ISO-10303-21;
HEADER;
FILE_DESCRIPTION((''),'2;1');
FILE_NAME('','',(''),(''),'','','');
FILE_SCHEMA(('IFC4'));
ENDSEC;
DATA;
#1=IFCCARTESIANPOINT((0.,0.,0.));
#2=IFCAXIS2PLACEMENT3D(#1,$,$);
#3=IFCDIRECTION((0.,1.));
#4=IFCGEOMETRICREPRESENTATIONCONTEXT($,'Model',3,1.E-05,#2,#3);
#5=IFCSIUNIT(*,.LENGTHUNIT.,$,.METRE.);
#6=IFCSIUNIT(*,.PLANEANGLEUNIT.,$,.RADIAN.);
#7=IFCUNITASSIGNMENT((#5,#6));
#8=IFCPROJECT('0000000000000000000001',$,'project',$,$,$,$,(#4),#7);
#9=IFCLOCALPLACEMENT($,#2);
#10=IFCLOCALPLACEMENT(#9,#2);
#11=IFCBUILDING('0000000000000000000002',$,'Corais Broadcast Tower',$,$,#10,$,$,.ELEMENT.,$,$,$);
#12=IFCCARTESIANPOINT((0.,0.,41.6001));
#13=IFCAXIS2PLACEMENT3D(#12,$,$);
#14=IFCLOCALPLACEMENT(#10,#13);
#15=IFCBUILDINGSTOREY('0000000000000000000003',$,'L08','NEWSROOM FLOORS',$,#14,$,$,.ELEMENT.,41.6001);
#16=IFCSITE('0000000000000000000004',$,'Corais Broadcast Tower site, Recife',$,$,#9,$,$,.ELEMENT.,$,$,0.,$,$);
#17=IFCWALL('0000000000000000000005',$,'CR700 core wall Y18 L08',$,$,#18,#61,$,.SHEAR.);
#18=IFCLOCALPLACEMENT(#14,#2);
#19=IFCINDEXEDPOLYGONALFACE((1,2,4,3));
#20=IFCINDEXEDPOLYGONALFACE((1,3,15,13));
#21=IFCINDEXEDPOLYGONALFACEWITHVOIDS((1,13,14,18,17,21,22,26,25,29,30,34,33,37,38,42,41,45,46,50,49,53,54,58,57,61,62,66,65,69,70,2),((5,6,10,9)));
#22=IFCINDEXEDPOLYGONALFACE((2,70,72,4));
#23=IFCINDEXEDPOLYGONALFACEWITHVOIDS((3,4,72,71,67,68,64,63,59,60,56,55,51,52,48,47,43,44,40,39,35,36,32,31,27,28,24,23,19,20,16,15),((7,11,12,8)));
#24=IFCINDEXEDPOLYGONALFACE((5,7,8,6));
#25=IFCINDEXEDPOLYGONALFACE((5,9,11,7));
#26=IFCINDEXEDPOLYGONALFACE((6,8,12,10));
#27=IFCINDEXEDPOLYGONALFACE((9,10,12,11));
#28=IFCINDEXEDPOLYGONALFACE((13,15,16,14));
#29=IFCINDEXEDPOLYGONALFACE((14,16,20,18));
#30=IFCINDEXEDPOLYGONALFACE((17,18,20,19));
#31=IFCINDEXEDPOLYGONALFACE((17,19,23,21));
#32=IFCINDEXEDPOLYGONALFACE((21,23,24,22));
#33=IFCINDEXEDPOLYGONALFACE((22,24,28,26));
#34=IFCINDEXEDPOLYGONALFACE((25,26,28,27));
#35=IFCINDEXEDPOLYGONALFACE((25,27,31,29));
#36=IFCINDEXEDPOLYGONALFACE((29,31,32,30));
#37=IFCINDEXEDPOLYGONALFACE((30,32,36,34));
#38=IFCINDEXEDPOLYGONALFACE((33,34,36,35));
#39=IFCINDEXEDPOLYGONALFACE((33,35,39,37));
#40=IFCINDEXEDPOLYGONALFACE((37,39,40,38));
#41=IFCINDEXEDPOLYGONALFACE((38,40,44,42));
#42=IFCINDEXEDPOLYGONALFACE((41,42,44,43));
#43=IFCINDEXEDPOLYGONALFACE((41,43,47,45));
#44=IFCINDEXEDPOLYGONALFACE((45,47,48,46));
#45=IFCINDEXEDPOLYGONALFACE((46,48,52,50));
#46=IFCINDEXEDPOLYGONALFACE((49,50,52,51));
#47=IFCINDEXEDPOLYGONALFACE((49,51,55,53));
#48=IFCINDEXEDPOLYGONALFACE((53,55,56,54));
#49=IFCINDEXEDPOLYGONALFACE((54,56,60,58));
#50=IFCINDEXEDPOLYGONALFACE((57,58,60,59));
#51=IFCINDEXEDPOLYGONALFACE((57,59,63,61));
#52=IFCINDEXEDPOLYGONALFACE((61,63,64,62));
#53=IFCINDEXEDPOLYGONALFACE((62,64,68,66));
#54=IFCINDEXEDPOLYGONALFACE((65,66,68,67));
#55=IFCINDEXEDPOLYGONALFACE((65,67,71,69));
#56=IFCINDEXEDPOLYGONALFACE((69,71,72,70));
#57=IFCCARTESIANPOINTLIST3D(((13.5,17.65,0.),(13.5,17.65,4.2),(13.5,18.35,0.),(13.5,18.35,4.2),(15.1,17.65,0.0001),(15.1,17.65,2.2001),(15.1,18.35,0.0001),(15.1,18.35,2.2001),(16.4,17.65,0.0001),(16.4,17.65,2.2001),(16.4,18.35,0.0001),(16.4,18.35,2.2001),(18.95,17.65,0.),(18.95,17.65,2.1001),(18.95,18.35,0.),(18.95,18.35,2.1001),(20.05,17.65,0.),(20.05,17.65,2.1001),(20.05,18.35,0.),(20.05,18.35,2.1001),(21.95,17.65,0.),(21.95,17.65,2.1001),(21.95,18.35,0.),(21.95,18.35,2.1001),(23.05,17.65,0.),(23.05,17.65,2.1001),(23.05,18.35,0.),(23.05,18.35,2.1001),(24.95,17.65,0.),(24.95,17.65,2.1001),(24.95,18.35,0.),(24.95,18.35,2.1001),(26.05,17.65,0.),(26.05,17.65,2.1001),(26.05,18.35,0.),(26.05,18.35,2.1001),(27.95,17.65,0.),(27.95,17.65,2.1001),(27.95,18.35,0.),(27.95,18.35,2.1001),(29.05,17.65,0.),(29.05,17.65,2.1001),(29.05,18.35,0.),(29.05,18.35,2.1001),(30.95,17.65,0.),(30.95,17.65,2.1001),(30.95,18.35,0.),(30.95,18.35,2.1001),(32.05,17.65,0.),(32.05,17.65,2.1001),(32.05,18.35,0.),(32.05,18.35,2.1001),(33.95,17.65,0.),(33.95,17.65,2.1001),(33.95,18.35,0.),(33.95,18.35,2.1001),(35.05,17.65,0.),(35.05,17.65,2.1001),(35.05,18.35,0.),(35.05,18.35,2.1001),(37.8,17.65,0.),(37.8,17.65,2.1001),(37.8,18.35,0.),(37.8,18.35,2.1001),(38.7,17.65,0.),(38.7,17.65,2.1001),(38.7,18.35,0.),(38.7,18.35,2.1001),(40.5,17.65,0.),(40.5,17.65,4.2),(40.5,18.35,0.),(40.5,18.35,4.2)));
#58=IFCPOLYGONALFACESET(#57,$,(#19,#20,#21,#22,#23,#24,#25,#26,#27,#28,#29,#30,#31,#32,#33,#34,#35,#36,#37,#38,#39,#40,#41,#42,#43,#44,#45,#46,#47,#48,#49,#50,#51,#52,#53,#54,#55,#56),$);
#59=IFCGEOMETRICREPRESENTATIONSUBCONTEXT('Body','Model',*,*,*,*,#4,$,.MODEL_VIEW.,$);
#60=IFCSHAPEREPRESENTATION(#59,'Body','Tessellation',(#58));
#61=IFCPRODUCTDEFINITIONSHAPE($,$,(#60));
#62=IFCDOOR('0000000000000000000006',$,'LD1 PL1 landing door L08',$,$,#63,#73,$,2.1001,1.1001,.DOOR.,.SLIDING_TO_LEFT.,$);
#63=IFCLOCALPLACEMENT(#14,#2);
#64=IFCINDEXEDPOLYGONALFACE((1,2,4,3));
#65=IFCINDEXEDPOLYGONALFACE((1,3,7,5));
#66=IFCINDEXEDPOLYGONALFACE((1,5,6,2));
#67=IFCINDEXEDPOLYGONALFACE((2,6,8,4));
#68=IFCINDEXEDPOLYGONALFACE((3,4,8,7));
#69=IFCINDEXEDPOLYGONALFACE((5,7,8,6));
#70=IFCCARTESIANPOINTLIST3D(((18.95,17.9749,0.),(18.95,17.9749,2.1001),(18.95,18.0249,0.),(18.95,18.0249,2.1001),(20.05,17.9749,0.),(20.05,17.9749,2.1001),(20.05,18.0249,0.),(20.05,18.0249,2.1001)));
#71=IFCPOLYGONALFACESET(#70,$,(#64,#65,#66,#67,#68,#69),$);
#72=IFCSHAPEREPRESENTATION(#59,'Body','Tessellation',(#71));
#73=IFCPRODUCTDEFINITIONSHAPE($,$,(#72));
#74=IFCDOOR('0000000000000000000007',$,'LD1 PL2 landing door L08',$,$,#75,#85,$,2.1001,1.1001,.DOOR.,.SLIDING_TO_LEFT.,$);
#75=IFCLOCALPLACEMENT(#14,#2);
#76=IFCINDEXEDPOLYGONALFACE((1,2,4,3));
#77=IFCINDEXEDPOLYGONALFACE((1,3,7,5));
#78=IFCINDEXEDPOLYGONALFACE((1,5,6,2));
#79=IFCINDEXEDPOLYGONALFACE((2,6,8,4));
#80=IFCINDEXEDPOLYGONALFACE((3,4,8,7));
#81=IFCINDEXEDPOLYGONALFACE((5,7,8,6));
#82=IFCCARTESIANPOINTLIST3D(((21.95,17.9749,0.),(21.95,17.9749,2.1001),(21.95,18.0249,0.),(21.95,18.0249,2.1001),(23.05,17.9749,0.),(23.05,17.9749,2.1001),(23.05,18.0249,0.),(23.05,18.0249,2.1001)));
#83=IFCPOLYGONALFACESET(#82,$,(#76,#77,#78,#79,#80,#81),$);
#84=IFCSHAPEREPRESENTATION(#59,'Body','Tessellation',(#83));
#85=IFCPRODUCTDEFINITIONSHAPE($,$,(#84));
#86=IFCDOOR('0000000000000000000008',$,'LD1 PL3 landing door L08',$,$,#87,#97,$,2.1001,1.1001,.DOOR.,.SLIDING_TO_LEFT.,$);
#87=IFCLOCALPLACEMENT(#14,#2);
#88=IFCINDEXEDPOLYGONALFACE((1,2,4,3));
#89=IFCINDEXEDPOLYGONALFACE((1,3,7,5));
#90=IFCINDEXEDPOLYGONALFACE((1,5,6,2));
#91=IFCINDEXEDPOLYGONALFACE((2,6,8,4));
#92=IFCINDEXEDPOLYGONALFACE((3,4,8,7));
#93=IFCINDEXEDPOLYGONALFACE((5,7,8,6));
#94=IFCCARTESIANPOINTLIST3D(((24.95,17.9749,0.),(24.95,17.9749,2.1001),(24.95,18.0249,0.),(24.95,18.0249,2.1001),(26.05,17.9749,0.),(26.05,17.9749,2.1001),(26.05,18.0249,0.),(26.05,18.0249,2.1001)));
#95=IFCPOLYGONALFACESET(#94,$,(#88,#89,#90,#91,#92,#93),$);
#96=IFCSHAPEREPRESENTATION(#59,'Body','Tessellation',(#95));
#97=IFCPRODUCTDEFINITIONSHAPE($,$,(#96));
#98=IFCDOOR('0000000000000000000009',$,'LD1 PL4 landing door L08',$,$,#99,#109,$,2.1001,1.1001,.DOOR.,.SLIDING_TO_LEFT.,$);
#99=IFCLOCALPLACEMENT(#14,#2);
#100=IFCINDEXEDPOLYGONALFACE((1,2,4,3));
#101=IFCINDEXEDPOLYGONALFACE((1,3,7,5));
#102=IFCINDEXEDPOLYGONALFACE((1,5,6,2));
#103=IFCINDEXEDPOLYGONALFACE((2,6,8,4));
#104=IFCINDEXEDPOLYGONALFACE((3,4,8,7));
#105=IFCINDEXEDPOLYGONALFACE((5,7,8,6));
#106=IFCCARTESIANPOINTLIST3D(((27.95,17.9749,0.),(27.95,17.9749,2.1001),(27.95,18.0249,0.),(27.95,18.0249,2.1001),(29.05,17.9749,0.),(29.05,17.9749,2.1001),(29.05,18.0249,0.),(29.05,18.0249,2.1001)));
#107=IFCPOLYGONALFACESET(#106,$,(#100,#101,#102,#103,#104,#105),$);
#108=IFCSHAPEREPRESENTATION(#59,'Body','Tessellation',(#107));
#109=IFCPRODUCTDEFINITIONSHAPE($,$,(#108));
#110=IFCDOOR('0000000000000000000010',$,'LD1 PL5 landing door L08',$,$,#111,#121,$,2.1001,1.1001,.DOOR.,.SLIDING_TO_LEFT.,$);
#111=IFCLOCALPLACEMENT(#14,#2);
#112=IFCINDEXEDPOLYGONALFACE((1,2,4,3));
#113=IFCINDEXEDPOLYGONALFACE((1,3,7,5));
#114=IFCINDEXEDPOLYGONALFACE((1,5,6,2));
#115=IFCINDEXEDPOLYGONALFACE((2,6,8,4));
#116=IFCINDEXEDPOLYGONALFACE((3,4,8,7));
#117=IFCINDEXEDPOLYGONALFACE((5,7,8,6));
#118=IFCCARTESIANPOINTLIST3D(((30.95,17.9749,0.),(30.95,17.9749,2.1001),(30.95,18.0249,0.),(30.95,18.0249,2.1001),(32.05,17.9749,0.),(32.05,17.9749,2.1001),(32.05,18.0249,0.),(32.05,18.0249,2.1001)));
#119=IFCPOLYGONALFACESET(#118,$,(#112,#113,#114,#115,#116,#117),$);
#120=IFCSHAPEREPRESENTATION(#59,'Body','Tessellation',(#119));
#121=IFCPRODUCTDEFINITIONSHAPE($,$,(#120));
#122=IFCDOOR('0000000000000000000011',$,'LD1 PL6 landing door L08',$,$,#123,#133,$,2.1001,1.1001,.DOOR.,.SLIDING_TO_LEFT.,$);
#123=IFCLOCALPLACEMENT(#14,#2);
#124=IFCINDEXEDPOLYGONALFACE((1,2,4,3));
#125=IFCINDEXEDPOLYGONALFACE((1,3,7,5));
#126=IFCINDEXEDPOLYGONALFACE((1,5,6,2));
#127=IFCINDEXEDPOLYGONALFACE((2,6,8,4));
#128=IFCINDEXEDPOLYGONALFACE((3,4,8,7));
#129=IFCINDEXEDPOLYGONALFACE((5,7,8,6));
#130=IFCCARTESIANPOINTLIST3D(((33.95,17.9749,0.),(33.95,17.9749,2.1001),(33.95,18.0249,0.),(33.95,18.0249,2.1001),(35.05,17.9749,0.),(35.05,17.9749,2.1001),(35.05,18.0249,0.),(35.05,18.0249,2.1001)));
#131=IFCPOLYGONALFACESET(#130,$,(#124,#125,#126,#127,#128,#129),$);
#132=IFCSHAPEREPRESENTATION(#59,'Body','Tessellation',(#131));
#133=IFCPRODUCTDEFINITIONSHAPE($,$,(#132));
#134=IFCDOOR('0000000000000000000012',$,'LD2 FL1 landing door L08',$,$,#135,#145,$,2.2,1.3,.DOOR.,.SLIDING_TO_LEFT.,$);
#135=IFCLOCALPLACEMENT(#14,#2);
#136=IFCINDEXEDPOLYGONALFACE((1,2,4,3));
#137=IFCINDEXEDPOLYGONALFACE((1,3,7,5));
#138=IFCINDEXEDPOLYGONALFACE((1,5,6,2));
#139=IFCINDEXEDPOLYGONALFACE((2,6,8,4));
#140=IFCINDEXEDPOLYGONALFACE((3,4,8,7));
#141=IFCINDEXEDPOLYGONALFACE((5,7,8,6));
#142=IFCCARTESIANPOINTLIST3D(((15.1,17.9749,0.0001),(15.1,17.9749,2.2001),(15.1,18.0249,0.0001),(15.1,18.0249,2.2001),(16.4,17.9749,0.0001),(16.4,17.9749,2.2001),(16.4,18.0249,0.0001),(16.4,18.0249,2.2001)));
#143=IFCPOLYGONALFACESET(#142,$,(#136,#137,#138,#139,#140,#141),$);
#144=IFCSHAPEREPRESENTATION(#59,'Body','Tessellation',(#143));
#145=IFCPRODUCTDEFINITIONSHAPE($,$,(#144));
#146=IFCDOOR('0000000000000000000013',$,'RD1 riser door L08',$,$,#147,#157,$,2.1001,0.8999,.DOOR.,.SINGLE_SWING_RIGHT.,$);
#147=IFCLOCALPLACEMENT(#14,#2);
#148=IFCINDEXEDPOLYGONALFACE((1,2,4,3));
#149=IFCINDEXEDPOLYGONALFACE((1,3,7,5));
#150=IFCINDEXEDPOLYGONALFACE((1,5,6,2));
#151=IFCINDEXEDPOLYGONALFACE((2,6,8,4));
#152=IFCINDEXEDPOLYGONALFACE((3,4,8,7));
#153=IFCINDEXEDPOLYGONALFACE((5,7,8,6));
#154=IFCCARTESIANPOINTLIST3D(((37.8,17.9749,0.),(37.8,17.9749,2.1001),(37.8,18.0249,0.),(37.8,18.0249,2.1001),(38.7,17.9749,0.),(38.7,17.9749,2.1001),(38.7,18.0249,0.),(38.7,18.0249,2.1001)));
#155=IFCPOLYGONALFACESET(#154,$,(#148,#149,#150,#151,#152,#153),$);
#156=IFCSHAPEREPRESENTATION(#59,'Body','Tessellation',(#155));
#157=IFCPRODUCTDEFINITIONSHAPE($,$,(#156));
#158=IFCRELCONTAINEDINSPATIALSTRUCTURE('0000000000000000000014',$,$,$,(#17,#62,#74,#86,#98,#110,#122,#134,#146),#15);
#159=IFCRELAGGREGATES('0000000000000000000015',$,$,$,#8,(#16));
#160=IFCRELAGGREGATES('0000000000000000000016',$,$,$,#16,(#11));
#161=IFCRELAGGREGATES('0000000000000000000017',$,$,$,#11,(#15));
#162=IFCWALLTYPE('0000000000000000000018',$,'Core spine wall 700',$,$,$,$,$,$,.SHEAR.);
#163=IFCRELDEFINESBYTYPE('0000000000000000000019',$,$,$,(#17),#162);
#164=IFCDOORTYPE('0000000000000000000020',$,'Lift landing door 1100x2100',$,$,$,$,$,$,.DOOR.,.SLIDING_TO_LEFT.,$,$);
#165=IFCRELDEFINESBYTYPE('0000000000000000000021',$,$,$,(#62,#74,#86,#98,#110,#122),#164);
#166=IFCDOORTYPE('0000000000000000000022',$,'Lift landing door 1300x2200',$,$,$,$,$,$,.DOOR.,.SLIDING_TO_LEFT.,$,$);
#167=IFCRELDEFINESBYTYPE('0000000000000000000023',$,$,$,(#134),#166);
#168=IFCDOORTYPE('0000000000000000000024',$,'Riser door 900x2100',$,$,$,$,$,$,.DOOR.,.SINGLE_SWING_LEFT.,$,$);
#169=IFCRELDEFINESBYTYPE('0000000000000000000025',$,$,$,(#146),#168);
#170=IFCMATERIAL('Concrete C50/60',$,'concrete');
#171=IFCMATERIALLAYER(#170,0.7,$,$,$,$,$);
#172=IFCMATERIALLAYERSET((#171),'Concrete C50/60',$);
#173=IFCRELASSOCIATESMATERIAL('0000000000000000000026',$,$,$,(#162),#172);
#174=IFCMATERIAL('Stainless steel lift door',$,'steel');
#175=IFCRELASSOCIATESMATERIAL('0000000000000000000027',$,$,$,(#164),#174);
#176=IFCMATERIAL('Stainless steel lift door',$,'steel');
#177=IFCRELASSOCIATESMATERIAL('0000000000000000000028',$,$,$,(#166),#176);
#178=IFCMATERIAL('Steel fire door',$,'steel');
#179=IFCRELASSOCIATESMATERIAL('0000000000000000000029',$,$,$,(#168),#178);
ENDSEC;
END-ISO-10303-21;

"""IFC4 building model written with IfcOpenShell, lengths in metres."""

from ifc_helpers import new_model, si_unit, direction, frame, frame_2d, origin, place, context, subcontext, project, spatial, rectangle, extrude, material, layer, layer_set, type_object, element, fill, save


model = new_model("IFC4")

# Units and contexts
model_context = context("Model", 3, precision=1e-05, world=origin(), true_north=direction((0.0, 1.0)))
body_context = subcontext(model_context, "Body", "Model", "MODEL_VIEW")
ifc_project = project(units=[si_unit("LENGTHUNIT", "METRE"), si_unit("PLANEANGLEUNIT", "RADIAN")], contexts=[model_context])

# Site, building, storey
site_placement = place(None, origin())
site = spatial("IfcSite", under=ifc_project, at=site_placement, Name="Corais Broadcast Tower site, Recife", CompositionType="ELEMENT", RefElevation=0.0)
building_placement = place(site_placement, origin())
building = spatial("IfcBuilding", under=site, at=building_placement, Name="Corais Broadcast Tower", CompositionType="ELEMENT")
storey_placement = place(building_placement, frame((0.0, 0.0, 41.6001)))
storey = spatial("IfcBuildingStorey", under=building, at=storey_placement, Name="L08", Description="NEWSROOM FLOORS", CompositionType="ELEMENT", Elevation=41.6001)

# Shared definitions
ifc_material_1 = material(Name="Concrete C50/60", Category="concrete")
ifc_layer_1 = layer(ifc_material_1, 0.7)
ifc_layer_set_1 = layer_set([ifc_layer_1], Name="Concrete C50/60")
wall_type_1 = type_object("IfcWallType", Name="Core spine wall 700", PredefinedType="SHEAR", material=ifc_layer_set_1)

# Wall, openings, doors
wall_1_placement = place(storey_placement, frame((13.5, 18.0, 0.0), z_axis=(0.0, 0.0, 1.0), x_axis=(1.0, 0.0, 0.0)))
wall_1 = element("IfcWall", 1, at=wall_1_placement, inside=storey, type_object=wall_type_1, Name="CR700 core wall Y18 L08", PredefinedType="SHEAR", context=body_context, shape_type="SweptSolid", body=[
    extrude(rectangle(XDim=27.0, YDim=0.7, at=frame_2d((13.5, 0.0))), origin(), (0.0, 0.0, 1.0), 4.2),
])
opening_1_placement = place(wall_1_placement, frame((24.3, 0.0, 0.0)))
opening_1 = element("IfcOpeningElement", 2, at=opening_1_placement, cuts=wall_1, PredefinedType="OPENING", context=body_context, shape_type="SweptSolid", body=[
    extrude(rectangle(XDim=0.8999, YDim=2.1001, at=frame_2d((0.45, 1.05))), frame((0.0, 0.3599, 0.0), z_axis=(0.0, -1.0, 0.0), x_axis=(1.0, 0.0, 0.0)), (0.0, 0.0, 1.0), 0.72),
])
opening_2_placement = place(wall_1_placement, frame((5.45, 0.0, 0.0)))
opening_2 = element("IfcOpeningElement", 3, at=opening_2_placement, cuts=wall_1, PredefinedType="OPENING", context=body_context, shape_type="SweptSolid", body=[
    extrude(rectangle(XDim=1.1001, YDim=2.1001, at=frame_2d((0.55, 1.05))), frame((0.0, 0.3599, 0.0), z_axis=(0.0, -1.0, 0.0), x_axis=(1.0, 0.0, 0.0)), (0.0, 0.0, 1.0), 0.72),
])
opening_3_placement = place(wall_1_placement, frame((8.45, 0.0, 0.0)))
opening_3 = element("IfcOpeningElement", 4, at=opening_3_placement, cuts=wall_1, PredefinedType="OPENING", context=body_context, shape_type="SweptSolid", body=[
    extrude(rectangle(XDim=1.1001, YDim=2.1001, at=frame_2d((0.55, 1.05))), frame((0.0, 0.3599, 0.0), z_axis=(0.0, -1.0, 0.0), x_axis=(1.0, 0.0, 0.0)), (0.0, 0.0, 1.0), 0.72),
])
opening_4_placement = place(wall_1_placement, frame((11.45, 0.0, 0.0)))
opening_4 = element("IfcOpeningElement", 5, at=opening_4_placement, cuts=wall_1, PredefinedType="OPENING", context=body_context, shape_type="SweptSolid", body=[
    extrude(rectangle(XDim=1.1001, YDim=2.1001, at=frame_2d((0.55, 1.05))), frame((0.0, 0.3599, 0.0), z_axis=(0.0, -1.0, 0.0), x_axis=(1.0, 0.0, 0.0)), (0.0, 0.0, 1.0), 0.72),
])
opening_5_placement = place(wall_1_placement, frame((14.45, 0.0, 0.0)))
opening_5 = element("IfcOpeningElement", 6, at=opening_5_placement, cuts=wall_1, PredefinedType="OPENING", context=body_context, shape_type="SweptSolid", body=[
    extrude(rectangle(XDim=1.1001, YDim=2.1001, at=frame_2d((0.55, 1.05))), frame((0.0, 0.3599, 0.0), z_axis=(0.0, -1.0, 0.0), x_axis=(1.0, 0.0, 0.0)), (0.0, 0.0, 1.0), 0.72),
])
opening_6_placement = place(wall_1_placement, frame((17.45, 0.0, 0.0)))
opening_6 = element("IfcOpeningElement", 7, at=opening_6_placement, cuts=wall_1, PredefinedType="OPENING", context=body_context, shape_type="SweptSolid", body=[
    extrude(rectangle(XDim=1.1001, YDim=2.1001, at=frame_2d((0.55, 1.05))), frame((0.0, 0.3599, 0.0), z_axis=(0.0, -1.0, 0.0), x_axis=(1.0, 0.0, 0.0)), (0.0, 0.0, 1.0), 0.72),
])
opening_7_placement = place(wall_1_placement, frame((20.45, 0.0, 0.0)))
opening_7 = element("IfcOpeningElement", 8, at=opening_7_placement, cuts=wall_1, PredefinedType="OPENING", context=body_context, shape_type="SweptSolid", body=[
    extrude(rectangle(XDim=1.1001, YDim=2.1001, at=frame_2d((0.55, 1.05))), frame((0.0, 0.3599, 0.0), z_axis=(0.0, -1.0, 0.0), x_axis=(1.0, 0.0, 0.0)), (0.0, 0.0, 1.0), 0.72),
])
opening_8_placement = place(wall_1_placement, frame((1.6001, 0.0, 0.0)))
opening_8 = element("IfcOpeningElement", 9, at=opening_8_placement, cuts=wall_1, PredefinedType="OPENING", context=body_context, shape_type="SweptSolid", body=[
    extrude(rectangle(XDim=1.3, YDim=2.2, at=frame_2d((0.6499, 1.1001))), frame((0.0, 0.3599, 0.0), z_axis=(0.0, -1.0, 0.0), x_axis=(1.0, 0.0, 0.0)), (0.0, 0.0, 1.0), 0.72),
])
ifc_material_2 = material(Name="Stainless steel lift door", Category="steel")
door_type_1 = type_object("IfcDoorType", Name="Lift landing door 1100x2100", OperationType="SLIDING_TO_LEFT", PredefinedType="DOOR", material=ifc_material_2)
door_1_placement = place(opening_2_placement, origin())
door_1 = element("IfcDoor", 10, at=door_1_placement, inside=storey, type_object=door_type_1, Name="LD1 PL1 landing door L08", OperationType="SLIDING_TO_LEFT", OverallHeight=2.1001, OverallWidth=1.1001, PredefinedType="DOOR", context=body_context, shape_type="SweptSolid", body=[
    extrude(rectangle(XDim=1.1001, YDim=2.1001, at=frame_2d((0.55, 1.05))), frame((0.0, 0.0249, 0.0), z_axis=(0.0, -1.0, 0.0), x_axis=(1.0, 0.0, 0.0)), (0.0, 0.0, 1.0), 0.05),
])
fill(opening_2, door_1)
door_2_placement = place(opening_3_placement, origin())
door_2 = element("IfcDoor", 11, at=door_2_placement, inside=storey, type_object=door_type_1, Name="LD1 PL2 landing door L08", OperationType="SLIDING_TO_LEFT", OverallHeight=2.1001, OverallWidth=1.1001, PredefinedType="DOOR", context=body_context, shape_type="SweptSolid", body=[
    extrude(rectangle(XDim=1.1001, YDim=2.1001, at=frame_2d((0.55, 1.05))), frame((0.0, 0.0249, 0.0), z_axis=(0.0, -1.0, 0.0), x_axis=(1.0, 0.0, 0.0)), (0.0, 0.0, 1.0), 0.05),
])
fill(opening_3, door_2)
door_3_placement = place(opening_4_placement, origin())
door_3 = element("IfcDoor", 12, at=door_3_placement, inside=storey, type_object=door_type_1, Name="LD1 PL3 landing door L08", OperationType="SLIDING_TO_LEFT", OverallHeight=2.1001, OverallWidth=1.1001, PredefinedType="DOOR", context=body_context, shape_type="SweptSolid", body=[
    extrude(rectangle(XDim=1.1001, YDim=2.1001, at=frame_2d((0.55, 1.05))), frame((0.0, 0.0249, 0.0), z_axis=(0.0, -1.0, 0.0), x_axis=(1.0, 0.0, 0.0)), (0.0, 0.0, 1.0), 0.05),
])
fill(opening_4, door_3)
door_4_placement = place(opening_5_placement, origin())
door_4 = element("IfcDoor", 13, at=door_4_placement, inside=storey, type_object=door_type_1, Name="LD1 PL4 landing door L08", OperationType="SLIDING_TO_LEFT", OverallHeight=2.1001, OverallWidth=1.1001, PredefinedType="DOOR", context=body_context, shape_type="SweptSolid", body=[
    extrude(rectangle(XDim=1.1001, YDim=2.1001, at=frame_2d((0.55, 1.05))), frame((0.0, 0.0249, 0.0), z_axis=(0.0, -1.0, 0.0), x_axis=(1.0, 0.0, 0.0)), (0.0, 0.0, 1.0), 0.05),
])
fill(opening_5, door_4)
door_5_placement = place(opening_6_placement, origin())
door_5 = element("IfcDoor", 14, at=door_5_placement, inside=storey, type_object=door_type_1, Name="LD1 PL5 landing door L08", OperationType="SLIDING_TO_LEFT", OverallHeight=2.1001, OverallWidth=1.1001, PredefinedType="DOOR", context=body_context, shape_type="SweptSolid", body=[
    extrude(rectangle(XDim=1.1001, YDim=2.1001, at=frame_2d((0.55, 1.05))), frame((0.0, 0.0249, 0.0), z_axis=(0.0, -1.0, 0.0), x_axis=(1.0, 0.0, 0.0)), (0.0, 0.0, 1.0), 0.05),
])
fill(opening_6, door_5)
door_6_placement = place(opening_7_placement, origin())
door_6 = element("IfcDoor", 15, at=door_6_placement, inside=storey, type_object=door_type_1, Name="LD1 PL6 landing door L08", OperationType="SLIDING_TO_LEFT", OverallHeight=2.1001, OverallWidth=1.1001, PredefinedType="DOOR", context=body_context, shape_type="SweptSolid", body=[
    extrude(rectangle(XDim=1.1001, YDim=2.1001, at=frame_2d((0.55, 1.05))), frame((0.0, 0.0249, 0.0), z_axis=(0.0, -1.0, 0.0), x_axis=(1.0, 0.0, 0.0)), (0.0, 0.0, 1.0), 0.05),
])
fill(opening_7, door_6)
ifc_material_3 = material(Name="Stainless steel lift door", Category="steel")
door_type_2 = type_object("IfcDoorType", Name="Lift landing door 1300x2200", OperationType="SLIDING_TO_LEFT", PredefinedType="DOOR", material=ifc_material_3)
door_7_placement = place(opening_8_placement, origin())
door_7 = element("IfcDoor", 16, at=door_7_placement, inside=storey, type_object=door_type_2, Name="LD2 FL1 landing door L08", OperationType="SLIDING_TO_LEFT", OverallHeight=2.2, OverallWidth=1.3, PredefinedType="DOOR", context=body_context, shape_type="SweptSolid", body=[
    extrude(rectangle(XDim=1.3, YDim=2.2, at=frame_2d((0.6499, 1.1001))), frame((0.0, 0.0249, 0.0), z_axis=(0.0, -1.0, 0.0), x_axis=(1.0, 0.0, 0.0)), (0.0, 0.0, 1.0), 0.05),
])
fill(opening_8, door_7)
ifc_material_4 = material(Name="Steel fire door", Category="steel")
door_type_3 = type_object("IfcDoorType", Name="Riser door 900x2100", OperationType="SINGLE_SWING_LEFT", PredefinedType="DOOR", material=ifc_material_4)
door_8_placement = place(opening_1_placement, origin())
door_8 = element("IfcDoor", 17, at=door_8_placement, inside=storey, type_object=door_type_3, Name="RD1 riser door L08", OperationType="SINGLE_SWING_RIGHT", OverallHeight=2.1001, OverallWidth=0.8999, PredefinedType="DOOR", context=body_context, shape_type="SweptSolid", body=[
    extrude(rectangle(XDim=0.8999, YDim=2.1001, at=frame_2d((0.45, 1.05))), frame((0.0, 0.0249, 0.0), z_axis=(0.0, -1.0, 0.0), x_axis=(1.0, 0.0, 0.0)), (0.0, 0.0, 1.0), 0.05),
])
fill(opening_1, door_8)

save(model, "model.ifc")
